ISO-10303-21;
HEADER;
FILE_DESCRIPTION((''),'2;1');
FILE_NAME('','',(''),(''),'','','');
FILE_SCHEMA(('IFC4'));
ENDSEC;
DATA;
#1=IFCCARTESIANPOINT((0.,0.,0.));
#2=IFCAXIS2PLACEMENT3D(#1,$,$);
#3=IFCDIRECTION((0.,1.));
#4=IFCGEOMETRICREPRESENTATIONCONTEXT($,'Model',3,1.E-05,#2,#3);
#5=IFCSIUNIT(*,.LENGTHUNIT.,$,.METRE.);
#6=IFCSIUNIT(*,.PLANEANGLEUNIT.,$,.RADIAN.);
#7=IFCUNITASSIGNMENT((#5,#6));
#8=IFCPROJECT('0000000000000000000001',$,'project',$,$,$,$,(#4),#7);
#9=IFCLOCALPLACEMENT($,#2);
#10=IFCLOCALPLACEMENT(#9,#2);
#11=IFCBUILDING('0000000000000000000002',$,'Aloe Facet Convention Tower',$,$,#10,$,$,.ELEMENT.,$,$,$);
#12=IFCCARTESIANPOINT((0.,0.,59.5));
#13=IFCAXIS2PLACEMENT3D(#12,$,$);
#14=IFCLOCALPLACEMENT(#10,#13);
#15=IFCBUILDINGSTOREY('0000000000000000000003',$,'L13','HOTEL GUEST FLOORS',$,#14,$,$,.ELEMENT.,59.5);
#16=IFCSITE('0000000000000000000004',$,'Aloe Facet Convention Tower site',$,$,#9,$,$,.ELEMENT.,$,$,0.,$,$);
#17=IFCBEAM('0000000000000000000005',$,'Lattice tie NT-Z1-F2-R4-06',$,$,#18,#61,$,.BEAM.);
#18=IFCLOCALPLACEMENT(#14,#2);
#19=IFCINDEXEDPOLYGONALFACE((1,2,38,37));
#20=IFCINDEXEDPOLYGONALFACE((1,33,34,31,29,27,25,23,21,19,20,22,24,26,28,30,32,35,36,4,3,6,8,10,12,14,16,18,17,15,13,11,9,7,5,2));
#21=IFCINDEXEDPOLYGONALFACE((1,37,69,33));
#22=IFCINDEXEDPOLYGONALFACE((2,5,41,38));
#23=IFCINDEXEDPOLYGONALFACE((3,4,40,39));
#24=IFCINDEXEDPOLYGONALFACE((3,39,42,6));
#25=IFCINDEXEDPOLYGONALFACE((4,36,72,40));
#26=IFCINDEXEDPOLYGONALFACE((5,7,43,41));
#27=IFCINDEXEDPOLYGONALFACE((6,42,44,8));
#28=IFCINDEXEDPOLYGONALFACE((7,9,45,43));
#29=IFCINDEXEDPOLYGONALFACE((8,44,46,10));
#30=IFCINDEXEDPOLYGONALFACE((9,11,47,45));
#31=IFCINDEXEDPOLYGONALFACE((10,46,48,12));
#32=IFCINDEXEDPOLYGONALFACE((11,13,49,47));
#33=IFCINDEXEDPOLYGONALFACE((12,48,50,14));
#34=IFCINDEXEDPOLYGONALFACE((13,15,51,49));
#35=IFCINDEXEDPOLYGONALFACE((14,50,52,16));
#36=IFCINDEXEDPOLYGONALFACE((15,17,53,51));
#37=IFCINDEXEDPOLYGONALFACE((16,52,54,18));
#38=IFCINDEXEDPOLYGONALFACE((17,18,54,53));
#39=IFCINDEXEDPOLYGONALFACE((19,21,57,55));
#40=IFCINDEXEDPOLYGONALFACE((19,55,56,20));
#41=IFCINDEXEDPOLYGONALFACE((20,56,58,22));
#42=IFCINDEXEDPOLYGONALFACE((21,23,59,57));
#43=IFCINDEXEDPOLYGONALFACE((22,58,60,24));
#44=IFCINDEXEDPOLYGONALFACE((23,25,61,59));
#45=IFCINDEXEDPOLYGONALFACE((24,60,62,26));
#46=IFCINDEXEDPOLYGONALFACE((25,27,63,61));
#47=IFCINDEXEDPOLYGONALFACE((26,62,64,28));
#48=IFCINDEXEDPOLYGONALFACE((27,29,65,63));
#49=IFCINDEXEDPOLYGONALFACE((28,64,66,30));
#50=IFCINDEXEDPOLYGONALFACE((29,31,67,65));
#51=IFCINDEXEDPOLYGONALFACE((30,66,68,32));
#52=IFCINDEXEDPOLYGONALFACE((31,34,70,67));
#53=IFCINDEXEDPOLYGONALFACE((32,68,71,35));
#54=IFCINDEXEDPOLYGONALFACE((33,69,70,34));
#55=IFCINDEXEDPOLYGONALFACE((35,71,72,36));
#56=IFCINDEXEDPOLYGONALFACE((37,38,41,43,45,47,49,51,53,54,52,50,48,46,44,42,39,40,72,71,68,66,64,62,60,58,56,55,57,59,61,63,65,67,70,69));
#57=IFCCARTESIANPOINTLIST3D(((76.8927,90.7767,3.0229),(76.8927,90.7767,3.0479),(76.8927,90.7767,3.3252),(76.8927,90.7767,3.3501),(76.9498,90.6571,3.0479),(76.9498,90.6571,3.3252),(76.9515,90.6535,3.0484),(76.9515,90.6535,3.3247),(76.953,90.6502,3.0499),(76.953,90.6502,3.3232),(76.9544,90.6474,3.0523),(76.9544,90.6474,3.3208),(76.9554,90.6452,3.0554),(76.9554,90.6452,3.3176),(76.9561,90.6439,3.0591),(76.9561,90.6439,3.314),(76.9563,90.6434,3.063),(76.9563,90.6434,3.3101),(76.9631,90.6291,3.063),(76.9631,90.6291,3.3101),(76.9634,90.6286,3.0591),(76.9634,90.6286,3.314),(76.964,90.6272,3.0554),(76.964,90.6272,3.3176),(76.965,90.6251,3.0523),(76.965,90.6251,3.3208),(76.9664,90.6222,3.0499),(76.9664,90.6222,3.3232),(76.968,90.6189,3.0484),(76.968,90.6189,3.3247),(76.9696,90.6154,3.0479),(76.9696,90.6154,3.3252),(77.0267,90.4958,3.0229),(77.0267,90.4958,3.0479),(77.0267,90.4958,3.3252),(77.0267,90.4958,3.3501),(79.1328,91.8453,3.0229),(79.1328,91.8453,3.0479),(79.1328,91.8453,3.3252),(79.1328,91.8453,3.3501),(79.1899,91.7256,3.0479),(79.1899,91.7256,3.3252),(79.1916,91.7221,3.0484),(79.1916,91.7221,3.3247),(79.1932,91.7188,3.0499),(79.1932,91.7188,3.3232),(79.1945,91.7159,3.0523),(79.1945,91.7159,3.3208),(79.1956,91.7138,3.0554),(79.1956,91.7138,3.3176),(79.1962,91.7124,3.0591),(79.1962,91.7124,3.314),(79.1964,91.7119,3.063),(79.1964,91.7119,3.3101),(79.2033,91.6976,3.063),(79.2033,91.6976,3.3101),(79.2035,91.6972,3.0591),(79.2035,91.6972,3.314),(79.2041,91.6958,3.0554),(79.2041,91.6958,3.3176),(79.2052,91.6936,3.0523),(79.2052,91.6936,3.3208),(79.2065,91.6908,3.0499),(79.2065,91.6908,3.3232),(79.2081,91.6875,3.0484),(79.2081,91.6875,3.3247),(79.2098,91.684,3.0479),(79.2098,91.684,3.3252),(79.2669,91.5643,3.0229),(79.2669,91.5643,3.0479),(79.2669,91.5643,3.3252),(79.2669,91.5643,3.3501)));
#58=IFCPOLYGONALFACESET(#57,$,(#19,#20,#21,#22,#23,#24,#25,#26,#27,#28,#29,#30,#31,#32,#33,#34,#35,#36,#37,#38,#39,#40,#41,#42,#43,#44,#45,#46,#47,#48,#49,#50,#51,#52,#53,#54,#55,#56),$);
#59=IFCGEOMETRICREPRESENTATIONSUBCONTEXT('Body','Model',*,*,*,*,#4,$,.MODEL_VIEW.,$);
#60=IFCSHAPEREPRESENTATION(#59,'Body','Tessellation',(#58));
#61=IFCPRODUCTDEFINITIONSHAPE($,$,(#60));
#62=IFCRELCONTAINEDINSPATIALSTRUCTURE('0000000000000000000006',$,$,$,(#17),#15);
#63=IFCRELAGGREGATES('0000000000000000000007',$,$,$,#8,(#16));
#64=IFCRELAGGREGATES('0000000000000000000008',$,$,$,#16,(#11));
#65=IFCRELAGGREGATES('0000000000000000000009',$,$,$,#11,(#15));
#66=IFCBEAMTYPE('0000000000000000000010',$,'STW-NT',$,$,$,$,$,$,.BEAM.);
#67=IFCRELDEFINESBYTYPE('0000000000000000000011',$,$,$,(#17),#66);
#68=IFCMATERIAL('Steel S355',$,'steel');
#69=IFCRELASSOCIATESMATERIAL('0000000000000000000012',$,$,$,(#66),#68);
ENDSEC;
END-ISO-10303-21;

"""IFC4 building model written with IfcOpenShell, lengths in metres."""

from ifc_helpers import new_model, si_unit, direction, frame, origin, origin_2d, place, context, subcontext, project, spatial, i_section, extrude, material, material_profile, profile_set, type_object, element, save


model = new_model("IFC4")

# Units and contexts
model_context = context("Model", 3, precision=1e-05, world=origin(), true_north=direction((0.0, 1.0)))
body_context = subcontext(model_context, "Body", "Model", "MODEL_VIEW")
ifc_project = project(units=[si_unit("LENGTHUNIT", "METRE"), si_unit("PLANEANGLEUNIT", "RADIAN")], contexts=[model_context])

# Site, building, storey
site_placement = place(None, origin())
site = spatial("IfcSite", under=ifc_project, at=site_placement, Name="Aloe Facet Convention Tower site", CompositionType="ELEMENT", RefElevation=0.0)
building_placement = place(site_placement, origin())
building = spatial("IfcBuilding", under=site, at=building_placement, Name="Aloe Facet Convention Tower", CompositionType="ELEMENT")
storey_placement = place(building_placement, frame((0.0, 0.0, 59.5)))
storey = spatial("IfcBuildingStorey", under=building, at=storey_placement, Name="L13", Description="HOTEL GUEST FLOORS", CompositionType="ELEMENT", Elevation=59.5)

# Beam
ifc_material_1 = material(Name="Steel S355", Category="steel")
ifc_material_profile = material_profile(ifc_material_1, i_section(OverallWidth=0.3113, OverallDepth=0.3271, WebThickness=0.0159, FlangeThickness=0.0249, FilletRadius=0.0151, at=origin_2d()), Name="UC 305x305x158")
ifc_profile_set = profile_set([ifc_material_profile], Name="Steel S355")
beam_type = type_object("IfcBeamType", Name="STW-NT", PredefinedType="BEAM", material=ifc_profile_set)
beam_placement = place(storey_placement, frame((76.9597, 90.6362, 3.1865), z_axis=(0.902575, 0.430533, 0.0), x_axis=(-0.430533, 0.902575, 0.0)))
element("IfcBeam", 1, at=beam_placement, inside=storey, type_object=beam_type, Name="Lattice tie NT-Z1-F2-R4-06", PredefinedType="BEAM", context=body_context, shape_type="SweptSolid", body=[
    extrude(i_section(OverallWidth=0.3113, OverallDepth=0.3271, WebThickness=0.0159, FlangeThickness=0.0249, FilletRadius=0.0151, at=origin_2d()), origin(), (0.0, 0.0, 1.0), 2.4819),
])

save(model, "model.ifc")
